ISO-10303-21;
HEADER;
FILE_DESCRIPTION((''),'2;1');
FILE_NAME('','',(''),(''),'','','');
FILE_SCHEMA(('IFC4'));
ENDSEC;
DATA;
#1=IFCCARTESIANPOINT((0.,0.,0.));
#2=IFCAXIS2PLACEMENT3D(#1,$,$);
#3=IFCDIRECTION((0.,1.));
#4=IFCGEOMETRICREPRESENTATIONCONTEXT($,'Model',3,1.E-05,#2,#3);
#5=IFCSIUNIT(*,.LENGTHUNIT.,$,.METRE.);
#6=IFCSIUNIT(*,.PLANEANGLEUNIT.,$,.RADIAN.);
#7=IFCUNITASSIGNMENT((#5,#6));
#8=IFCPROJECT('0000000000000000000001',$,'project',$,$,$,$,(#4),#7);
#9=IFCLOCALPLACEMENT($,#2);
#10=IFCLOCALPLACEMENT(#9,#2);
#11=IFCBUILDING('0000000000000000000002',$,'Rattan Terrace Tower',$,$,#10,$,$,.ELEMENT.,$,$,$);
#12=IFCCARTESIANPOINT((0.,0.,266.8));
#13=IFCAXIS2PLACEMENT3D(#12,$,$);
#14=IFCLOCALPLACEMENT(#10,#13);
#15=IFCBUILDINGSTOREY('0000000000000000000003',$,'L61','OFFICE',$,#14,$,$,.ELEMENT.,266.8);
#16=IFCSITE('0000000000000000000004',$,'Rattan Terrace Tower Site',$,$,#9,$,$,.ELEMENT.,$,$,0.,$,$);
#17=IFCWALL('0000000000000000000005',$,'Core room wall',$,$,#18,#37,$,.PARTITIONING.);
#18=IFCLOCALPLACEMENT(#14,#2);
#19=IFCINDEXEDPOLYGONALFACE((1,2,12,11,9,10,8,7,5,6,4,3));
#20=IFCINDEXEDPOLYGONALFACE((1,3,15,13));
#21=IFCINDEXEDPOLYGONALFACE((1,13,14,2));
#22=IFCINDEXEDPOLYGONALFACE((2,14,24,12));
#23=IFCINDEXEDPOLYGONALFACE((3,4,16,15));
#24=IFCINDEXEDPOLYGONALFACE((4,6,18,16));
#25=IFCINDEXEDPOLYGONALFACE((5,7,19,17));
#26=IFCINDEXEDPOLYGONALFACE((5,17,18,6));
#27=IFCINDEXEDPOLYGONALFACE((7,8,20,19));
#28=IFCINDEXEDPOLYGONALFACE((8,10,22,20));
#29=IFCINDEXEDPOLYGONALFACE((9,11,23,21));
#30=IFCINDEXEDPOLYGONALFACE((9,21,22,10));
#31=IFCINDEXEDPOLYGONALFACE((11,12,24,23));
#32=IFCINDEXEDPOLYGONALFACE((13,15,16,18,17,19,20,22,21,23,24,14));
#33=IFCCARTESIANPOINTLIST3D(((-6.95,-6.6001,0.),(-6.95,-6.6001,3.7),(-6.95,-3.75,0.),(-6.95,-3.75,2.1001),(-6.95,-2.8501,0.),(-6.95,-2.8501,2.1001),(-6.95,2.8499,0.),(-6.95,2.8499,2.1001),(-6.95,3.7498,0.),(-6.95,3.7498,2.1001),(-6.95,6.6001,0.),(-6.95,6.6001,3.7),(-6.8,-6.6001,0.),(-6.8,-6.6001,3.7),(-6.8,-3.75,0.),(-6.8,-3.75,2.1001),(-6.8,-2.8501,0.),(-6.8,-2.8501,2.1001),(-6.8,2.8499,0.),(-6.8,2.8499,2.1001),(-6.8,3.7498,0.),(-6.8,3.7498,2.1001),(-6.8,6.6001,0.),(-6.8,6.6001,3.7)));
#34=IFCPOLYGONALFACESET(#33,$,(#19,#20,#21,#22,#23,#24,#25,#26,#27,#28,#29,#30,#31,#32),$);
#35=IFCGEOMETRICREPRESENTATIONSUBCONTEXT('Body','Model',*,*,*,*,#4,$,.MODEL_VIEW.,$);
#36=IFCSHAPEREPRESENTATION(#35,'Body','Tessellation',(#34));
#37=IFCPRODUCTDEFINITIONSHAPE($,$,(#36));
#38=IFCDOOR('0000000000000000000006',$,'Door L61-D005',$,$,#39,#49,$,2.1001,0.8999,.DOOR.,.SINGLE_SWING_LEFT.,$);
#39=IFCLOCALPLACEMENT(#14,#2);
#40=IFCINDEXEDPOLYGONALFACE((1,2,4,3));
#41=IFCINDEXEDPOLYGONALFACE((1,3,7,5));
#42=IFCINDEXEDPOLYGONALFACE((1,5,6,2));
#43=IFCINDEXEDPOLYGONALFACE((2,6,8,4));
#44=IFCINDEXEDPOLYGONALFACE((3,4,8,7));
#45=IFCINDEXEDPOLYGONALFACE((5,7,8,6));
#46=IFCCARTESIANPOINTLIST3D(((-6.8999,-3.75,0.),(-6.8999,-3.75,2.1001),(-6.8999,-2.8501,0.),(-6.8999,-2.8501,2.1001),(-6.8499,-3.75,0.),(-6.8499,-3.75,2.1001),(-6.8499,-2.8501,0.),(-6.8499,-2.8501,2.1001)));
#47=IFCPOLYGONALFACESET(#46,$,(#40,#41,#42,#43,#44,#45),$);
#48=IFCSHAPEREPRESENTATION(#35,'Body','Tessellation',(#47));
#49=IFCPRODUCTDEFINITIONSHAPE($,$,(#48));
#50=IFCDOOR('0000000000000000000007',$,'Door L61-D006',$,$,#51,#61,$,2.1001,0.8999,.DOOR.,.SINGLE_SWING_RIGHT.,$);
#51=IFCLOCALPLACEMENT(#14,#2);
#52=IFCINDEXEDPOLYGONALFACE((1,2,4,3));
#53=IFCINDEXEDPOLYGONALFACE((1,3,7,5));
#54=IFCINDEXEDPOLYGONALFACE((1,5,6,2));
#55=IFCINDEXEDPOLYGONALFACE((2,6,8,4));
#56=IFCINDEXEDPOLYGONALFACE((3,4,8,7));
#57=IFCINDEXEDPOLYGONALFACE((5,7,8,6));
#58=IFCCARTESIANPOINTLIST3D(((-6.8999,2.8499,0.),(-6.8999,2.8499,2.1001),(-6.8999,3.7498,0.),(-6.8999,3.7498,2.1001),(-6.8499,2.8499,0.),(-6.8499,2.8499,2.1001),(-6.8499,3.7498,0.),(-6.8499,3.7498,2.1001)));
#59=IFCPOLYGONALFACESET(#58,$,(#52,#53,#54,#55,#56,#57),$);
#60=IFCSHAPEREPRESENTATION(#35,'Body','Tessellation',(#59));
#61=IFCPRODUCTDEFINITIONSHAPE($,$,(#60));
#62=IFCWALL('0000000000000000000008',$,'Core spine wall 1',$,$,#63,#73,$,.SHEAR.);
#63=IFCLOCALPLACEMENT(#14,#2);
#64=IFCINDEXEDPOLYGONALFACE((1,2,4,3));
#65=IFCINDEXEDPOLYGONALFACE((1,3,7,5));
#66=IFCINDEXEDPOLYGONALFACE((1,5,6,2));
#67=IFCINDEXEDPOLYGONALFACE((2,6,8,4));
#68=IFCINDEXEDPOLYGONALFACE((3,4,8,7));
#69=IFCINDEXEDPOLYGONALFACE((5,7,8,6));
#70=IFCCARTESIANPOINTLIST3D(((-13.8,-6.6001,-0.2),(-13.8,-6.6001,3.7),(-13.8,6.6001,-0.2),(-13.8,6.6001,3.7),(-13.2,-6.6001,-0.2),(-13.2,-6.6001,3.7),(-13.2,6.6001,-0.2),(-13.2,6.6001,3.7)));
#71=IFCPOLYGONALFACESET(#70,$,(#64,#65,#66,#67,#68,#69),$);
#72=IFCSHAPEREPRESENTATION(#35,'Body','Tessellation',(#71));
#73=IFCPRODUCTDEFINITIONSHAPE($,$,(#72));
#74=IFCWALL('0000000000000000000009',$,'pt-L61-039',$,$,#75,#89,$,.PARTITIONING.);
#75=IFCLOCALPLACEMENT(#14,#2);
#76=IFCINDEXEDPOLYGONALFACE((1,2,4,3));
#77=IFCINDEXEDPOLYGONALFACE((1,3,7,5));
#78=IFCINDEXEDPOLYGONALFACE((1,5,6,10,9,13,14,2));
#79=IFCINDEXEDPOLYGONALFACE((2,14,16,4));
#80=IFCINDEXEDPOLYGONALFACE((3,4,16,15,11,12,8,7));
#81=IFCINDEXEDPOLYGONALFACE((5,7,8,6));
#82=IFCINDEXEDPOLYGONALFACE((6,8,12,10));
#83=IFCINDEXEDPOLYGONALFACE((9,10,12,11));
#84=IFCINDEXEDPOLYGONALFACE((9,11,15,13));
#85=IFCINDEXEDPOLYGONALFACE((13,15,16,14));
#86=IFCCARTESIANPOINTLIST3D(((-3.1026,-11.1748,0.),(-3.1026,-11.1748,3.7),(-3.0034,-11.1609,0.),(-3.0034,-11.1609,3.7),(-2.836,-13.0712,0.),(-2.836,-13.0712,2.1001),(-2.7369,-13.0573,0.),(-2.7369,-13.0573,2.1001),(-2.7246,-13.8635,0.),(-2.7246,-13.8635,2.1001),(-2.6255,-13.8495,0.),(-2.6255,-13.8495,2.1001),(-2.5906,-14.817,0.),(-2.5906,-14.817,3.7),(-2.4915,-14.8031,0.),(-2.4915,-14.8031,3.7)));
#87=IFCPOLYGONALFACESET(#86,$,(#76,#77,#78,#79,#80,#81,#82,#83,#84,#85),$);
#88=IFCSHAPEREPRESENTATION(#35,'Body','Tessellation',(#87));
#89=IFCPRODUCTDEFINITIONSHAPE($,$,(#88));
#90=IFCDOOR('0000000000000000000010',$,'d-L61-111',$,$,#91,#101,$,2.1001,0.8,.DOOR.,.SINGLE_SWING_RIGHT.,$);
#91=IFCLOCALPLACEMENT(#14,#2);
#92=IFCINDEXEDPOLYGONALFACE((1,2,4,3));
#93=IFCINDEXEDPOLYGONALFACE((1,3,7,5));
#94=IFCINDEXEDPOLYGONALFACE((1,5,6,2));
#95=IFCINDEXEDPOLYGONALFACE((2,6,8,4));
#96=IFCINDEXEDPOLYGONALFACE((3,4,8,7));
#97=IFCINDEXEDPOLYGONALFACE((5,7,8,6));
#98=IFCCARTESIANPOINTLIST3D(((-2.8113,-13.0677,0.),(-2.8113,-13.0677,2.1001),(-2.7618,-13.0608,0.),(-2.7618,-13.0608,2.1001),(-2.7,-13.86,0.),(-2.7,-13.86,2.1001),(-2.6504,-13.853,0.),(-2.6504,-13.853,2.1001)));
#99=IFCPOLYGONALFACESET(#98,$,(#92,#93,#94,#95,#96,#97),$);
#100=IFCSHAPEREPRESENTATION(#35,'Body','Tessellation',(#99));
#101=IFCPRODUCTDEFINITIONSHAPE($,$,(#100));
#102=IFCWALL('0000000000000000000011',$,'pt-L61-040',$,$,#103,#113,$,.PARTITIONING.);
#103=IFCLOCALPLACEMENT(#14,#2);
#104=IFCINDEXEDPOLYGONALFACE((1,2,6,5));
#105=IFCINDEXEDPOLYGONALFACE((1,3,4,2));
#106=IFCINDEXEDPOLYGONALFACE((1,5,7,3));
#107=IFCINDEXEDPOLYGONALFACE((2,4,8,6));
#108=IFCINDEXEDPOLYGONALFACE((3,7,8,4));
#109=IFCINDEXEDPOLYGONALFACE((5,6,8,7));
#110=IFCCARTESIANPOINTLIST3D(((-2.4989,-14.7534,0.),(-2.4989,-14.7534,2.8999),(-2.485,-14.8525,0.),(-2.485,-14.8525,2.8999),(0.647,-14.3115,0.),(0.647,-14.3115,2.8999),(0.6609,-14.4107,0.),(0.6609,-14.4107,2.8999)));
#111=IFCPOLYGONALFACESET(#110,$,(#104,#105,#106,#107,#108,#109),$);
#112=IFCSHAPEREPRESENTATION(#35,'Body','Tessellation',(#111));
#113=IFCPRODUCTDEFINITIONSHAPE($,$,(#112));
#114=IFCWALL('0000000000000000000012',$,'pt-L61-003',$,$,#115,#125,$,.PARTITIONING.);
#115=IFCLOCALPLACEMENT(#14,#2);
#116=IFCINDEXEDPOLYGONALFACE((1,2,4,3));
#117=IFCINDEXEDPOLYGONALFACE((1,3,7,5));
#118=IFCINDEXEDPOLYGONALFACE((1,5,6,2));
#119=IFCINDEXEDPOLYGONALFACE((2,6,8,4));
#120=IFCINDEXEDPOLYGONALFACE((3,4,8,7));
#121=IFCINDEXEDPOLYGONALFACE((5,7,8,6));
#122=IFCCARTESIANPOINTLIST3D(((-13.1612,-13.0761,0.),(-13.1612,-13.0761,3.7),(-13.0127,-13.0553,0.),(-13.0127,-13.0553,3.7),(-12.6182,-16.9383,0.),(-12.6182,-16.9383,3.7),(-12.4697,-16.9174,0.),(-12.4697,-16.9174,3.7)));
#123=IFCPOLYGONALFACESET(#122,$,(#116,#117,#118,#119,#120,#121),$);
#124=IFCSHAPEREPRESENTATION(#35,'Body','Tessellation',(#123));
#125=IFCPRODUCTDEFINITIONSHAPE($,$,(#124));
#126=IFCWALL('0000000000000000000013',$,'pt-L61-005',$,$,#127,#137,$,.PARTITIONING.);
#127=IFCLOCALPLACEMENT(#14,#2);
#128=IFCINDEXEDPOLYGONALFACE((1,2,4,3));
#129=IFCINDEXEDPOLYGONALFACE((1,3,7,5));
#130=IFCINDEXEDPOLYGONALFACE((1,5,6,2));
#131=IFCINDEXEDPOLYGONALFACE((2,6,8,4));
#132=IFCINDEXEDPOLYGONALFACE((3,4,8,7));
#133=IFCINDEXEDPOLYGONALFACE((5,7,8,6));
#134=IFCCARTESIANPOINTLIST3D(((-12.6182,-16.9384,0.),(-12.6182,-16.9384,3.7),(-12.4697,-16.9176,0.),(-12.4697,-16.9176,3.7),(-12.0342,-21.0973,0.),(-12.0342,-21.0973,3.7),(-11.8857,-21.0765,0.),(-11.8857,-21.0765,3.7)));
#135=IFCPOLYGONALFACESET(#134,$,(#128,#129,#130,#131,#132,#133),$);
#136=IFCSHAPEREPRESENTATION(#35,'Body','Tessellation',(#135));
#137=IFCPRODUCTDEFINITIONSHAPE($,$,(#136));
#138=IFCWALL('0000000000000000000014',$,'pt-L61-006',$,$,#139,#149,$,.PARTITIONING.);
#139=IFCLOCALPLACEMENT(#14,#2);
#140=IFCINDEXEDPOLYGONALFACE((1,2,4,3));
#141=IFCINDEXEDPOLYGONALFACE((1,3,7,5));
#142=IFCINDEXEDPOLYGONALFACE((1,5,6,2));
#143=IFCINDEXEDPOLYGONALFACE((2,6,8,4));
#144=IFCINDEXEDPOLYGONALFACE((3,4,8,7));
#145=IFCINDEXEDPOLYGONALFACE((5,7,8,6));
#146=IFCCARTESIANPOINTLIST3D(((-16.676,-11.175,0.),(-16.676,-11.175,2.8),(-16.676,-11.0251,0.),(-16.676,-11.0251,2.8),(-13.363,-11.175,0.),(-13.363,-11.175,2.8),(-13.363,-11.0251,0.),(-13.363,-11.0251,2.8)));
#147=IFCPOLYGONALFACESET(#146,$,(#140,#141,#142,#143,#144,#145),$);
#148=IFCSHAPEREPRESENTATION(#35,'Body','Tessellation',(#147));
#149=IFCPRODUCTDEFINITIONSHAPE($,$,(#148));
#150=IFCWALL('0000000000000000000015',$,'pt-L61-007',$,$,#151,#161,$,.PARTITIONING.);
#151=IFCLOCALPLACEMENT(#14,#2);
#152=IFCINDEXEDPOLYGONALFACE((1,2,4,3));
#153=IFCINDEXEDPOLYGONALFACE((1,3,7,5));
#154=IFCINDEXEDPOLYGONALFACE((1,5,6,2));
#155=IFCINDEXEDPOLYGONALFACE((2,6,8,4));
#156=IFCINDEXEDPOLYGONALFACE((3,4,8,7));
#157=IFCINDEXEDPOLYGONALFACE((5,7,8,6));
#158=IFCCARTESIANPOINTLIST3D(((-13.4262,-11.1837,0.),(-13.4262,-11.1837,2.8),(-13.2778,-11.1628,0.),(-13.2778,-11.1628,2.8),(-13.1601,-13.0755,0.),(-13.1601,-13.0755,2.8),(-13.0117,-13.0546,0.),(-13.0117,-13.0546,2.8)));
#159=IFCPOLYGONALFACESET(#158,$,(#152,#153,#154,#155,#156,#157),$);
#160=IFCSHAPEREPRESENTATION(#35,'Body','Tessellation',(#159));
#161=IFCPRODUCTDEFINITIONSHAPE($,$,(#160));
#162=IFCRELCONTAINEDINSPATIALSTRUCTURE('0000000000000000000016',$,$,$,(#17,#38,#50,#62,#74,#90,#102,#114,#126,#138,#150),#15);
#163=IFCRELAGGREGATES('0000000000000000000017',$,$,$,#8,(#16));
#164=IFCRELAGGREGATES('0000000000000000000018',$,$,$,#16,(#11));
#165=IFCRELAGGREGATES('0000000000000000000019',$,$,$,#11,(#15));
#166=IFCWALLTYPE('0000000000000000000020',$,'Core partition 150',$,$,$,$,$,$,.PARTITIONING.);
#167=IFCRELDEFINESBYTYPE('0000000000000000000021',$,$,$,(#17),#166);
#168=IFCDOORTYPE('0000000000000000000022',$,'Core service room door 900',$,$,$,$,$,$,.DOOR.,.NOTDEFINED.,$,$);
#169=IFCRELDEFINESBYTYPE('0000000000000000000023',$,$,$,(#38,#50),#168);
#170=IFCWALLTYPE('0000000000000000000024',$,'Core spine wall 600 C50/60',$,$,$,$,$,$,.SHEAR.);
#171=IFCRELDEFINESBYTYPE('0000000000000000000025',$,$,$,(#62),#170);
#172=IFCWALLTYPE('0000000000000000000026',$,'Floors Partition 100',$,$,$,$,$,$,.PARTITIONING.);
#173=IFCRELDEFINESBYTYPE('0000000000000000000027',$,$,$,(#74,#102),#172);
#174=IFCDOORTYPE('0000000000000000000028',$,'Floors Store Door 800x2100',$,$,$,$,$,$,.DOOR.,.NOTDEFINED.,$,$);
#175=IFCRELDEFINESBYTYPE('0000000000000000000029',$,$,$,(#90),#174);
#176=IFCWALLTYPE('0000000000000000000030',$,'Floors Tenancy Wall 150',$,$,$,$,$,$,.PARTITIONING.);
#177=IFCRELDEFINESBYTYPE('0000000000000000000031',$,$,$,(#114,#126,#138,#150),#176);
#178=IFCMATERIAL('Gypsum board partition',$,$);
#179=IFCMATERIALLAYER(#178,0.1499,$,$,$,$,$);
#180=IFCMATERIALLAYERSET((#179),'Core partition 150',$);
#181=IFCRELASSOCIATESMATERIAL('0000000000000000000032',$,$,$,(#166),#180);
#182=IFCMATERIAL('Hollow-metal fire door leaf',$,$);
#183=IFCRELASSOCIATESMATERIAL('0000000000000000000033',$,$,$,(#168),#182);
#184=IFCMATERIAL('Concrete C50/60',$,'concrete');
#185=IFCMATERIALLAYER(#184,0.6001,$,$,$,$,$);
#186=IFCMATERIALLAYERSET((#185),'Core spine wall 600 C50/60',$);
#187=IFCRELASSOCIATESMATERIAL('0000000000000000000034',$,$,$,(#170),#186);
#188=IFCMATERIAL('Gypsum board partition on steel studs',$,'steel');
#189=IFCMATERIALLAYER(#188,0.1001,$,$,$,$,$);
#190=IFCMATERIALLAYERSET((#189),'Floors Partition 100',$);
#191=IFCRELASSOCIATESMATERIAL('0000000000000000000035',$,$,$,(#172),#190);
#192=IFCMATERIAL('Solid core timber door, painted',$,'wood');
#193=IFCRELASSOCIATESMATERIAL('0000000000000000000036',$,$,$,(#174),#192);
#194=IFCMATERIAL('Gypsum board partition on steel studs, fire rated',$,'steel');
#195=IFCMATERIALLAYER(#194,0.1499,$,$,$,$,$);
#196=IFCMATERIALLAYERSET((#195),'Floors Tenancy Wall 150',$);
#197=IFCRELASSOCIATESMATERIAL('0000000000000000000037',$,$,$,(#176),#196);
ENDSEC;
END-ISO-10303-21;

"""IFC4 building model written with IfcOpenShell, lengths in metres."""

from ifc_helpers import new_model, si_unit, direction, frame, frame_2d, origin, place, context, subcontext, project, spatial, rectangle, extrude, material, layer, layer_set, type_object, element, fill, save


model = new_model("IFC4")

# Units and contexts
model_context = context("Model", 3, precision=1e-05, world=origin(), true_north=direction((0.0, 1.0)))
body_context = subcontext(model_context, "Body", "Model", "MODEL_VIEW")
ifc_project = project(units=[si_unit("LENGTHUNIT", "METRE"), si_unit("PLANEANGLEUNIT", "RADIAN")], contexts=[model_context])

# Site, building, storey
site_placement = place(None, origin())
site = spatial("IfcSite", under=ifc_project, at=site_placement, Name="Rattan Terrace Tower Site", CompositionType="ELEMENT", RefElevation=0.0)
building_placement = place(site_placement, origin())
building = spatial("IfcBuilding", under=site, at=building_placement, Name="Rattan Terrace Tower", CompositionType="ELEMENT")
storey_placement = place(building_placement, frame((0.0, 0.0, 266.8)))
storey = spatial("IfcBuildingStorey", under=building, at=storey_placement, Name="L61", Description="OFFICE", CompositionType="ELEMENT", Elevation=266.8)

# Wall, openings, doors
ifc_material_1 = material(Name="Gypsum board partition")
ifc_layer_1 = layer(ifc_material_1, 0.1499)
ifc_layer_set_1 = layer_set([ifc_layer_1], Name="Core partition 150")
wall_type_1 = type_object("IfcWallType", Name="Core partition 150", PredefinedType="PARTITIONING", material=ifc_layer_set_1)
wall_1_placement = place(storey_placement, frame((-6.875, -6.6001, 0.0), z_axis=(0.0, 0.0, 1.0), x_axis=(0.0, 1.0, 0.0)))
wall_1 = element("IfcWall", 1, at=wall_1_placement, inside=storey, type_object=wall_type_1, Name="Core room wall", PredefinedType="PARTITIONING", context=body_context, shape_type="SweptSolid", body=[
    extrude(rectangle(XDim=13.2002, YDim=0.1499, at=frame_2d((6.6001, 0.0))), origin(), (0.0, 0.0, 1.0), 3.7),
])
opening_1_placement = place(wall_1_placement, frame((2.8501, 0.0, 0.0)))
opening_1 = element("IfcOpeningElement", 2, at=opening_1_placement, cuts=wall_1, PredefinedType="OPENING", context=body_context, shape_type="SweptSolid", body=[
    extrude(rectangle(XDim=0.8999, YDim=2.1001, at=frame_2d((0.45, 1.05))), frame((0.0, 0.0854, 0.0), z_axis=(0.0, -1.0, 0.0), x_axis=(1.0, 0.0, 0.0)), (0.0, 0.0, 1.0), 0.1709),
])
opening_2_placement = place(wall_1_placement, frame((9.45, 0.0, 0.0)))
opening_2 = element("IfcOpeningElement", 3, at=opening_2_placement, cuts=wall_1, PredefinedType="OPENING", context=body_context, shape_type="SweptSolid", body=[
    extrude(rectangle(XDim=0.8999, YDim=2.1001, at=frame_2d((0.45, 1.05))), frame((0.0, 0.0854, 0.0), z_axis=(0.0, -1.0, 0.0), x_axis=(1.0, 0.0, 0.0)), (0.0, 0.0, 1.0), 0.1709),
])
ifc_material_2 = material(Name="Hollow-metal fire door leaf")
door_type_1 = type_object("IfcDoorType", Name="Core service room door 900", OperationType="NOTDEFINED", PredefinedType="DOOR", material=ifc_material_2)
door_1_placement = place(opening_1_placement, origin())
door_1 = element("IfcDoor", 4, at=door_1_placement, inside=storey, type_object=door_type_1, Name="Door L61-D005", OperationType="SINGLE_SWING_LEFT", OverallHeight=2.1001, OverallWidth=0.8999, PredefinedType="DOOR", context=body_context, shape_type="SweptSolid", body=[
    extrude(rectangle(XDim=0.8999, YDim=2.1001, at=frame_2d((0.45, 1.05))), frame((0.0, 0.0249, 0.0), z_axis=(0.0, -1.0, 0.0), x_axis=(1.0, 0.0, 0.0)), (0.0, 0.0, 1.0), 0.05),
])
fill(opening_1, door_1)
door_2_placement = place(opening_2_placement, origin())
door_2 = element("IfcDoor", 5, at=door_2_placement, inside=storey, type_object=door_type_1, Name="Door L61-D006", OperationType="SINGLE_SWING_RIGHT", OverallHeight=2.1001, OverallWidth=0.8999, PredefinedType="DOOR", context=body_context, shape_type="SweptSolid", body=[
    extrude(rectangle(XDim=0.8999, YDim=2.1001, at=frame_2d((0.45, 1.05))), frame((0.0, 0.0249, 0.0), z_axis=(0.0, -1.0, 0.0), x_axis=(1.0, 0.0, 0.0)), (0.0, 0.0, 1.0), 0.05),
])
fill(opening_2, door_2)

# Wall
ifc_material_3 = material(Name="Concrete C50/60", Category="concrete")
ifc_layer_2 = layer(ifc_material_3, 0.6001)
ifc_layer_set_2 = layer_set([ifc_layer_2], Name="Core spine wall 600 C50/60")
wall_type_2 = type_object("IfcWallType", Name="Core spine wall 600 C50/60", PredefinedType="SHEAR", material=ifc_layer_set_2)
wall_2_placement = place(storey_placement, frame((-13.5, -6.6001, -0.2), z_axis=(0.0, 0.0, 1.0), x_axis=(0.0, 1.0, 0.0)))
element("IfcWall", 6, at=wall_2_placement, inside=storey, type_object=wall_type_2, Name="Core spine wall 1", PredefinedType="SHEAR", context=body_context, shape_type="SweptSolid", body=[
    extrude(rectangle(XDim=13.2002, YDim=0.6001, at=frame_2d((6.6001, 0.0))), origin(), (0.0, 0.0, 1.0), 3.8999),
])

# Wall, opening, door
ifc_material_4 = material(Name="Gypsum board partition on steel studs", Category="steel")
ifc_layer_3 = layer(ifc_material_4, 0.1001)
ifc_layer_set_3 = layer_set([ifc_layer_3], Name="Floors Partition 100")
wall_type_3 = type_object("IfcWallType", Name="Floors Partition 100", PredefinedType="PARTITIONING", material=ifc_layer_set_3)
wall_3_placement = place(storey_placement, frame((-3.053, -11.168, 0.0), z_axis=(0.0, 0.0, 1.0), x_axis=(0.1392, -0.990264, 0.0)))
wall_3 = element("IfcWall", 7, at=wall_3_placement, inside=storey, type_object=wall_type_3, Name="pt-L61-039", PredefinedType="PARTITIONING", context=body_context, shape_type="SweptSolid", body=[
    extrude(rectangle(XDim=3.678, YDim=0.1001, at=frame_2d((1.8389, 0.0))), origin(), (0.0, 0.0, 1.0), 3.7),
])
opening_3_placement = place(wall_3_placement, frame((1.915, 0.0, 0.0)))
opening_3 = element("IfcOpeningElement", 8, at=opening_3_placement, cuts=wall_3, PredefinedType="OPENING", context=body_context, shape_type="SweptSolid", body=[
    extrude(rectangle(XDim=0.8, YDim=2.1001, at=frame_2d((0.3999, 1.05))), frame((0.0, 0.0605, 0.0), z_axis=(0.0, -1.0, 0.0), x_axis=(1.0, 0.0, 0.0)), (0.0, 0.0, 1.0), 0.1211),
])
ifc_material_5 = material(Name="Solid core timber door, painted", Category="wood")
door_type_2 = type_object("IfcDoorType", Name="Floors Store Door 800x2100", OperationType="NOTDEFINED", PredefinedType="DOOR", material=ifc_material_5)
door_3_placement = place(opening_3_placement, origin())
door_3 = element("IfcDoor", 9, at=door_3_placement, inside=storey, type_object=door_type_2, Name="d-L61-111", OperationType="SINGLE_SWING_RIGHT", OverallHeight=2.1001, OverallWidth=0.8, PredefinedType="DOOR", context=body_context, shape_type="SweptSolid", body=[
    extrude(rectangle(XDim=0.8, YDim=2.1001, at=frame_2d((0.3999, 1.05))), frame((0.0, 0.0249, 0.0), z_axis=(0.0, -1.0, 0.0), x_axis=(1.0, 0.0, 0.0)), (0.0, 0.0, 1.0), 0.05),
])
fill(opening_3, door_3)

# Walls
wall_4_placement = place(storey_placement, frame((-2.4919, -14.803, 0.0), z_axis=(0.0, 0.0, 1.0), x_axis=(0.990279, 0.139097, 0.0)))
element("IfcWall", 10, at=wall_4_placement, inside=storey, type_object=wall_type_3, Name="pt-L61-040", PredefinedType="PARTITIONING", context=body_context, shape_type="SweptSolid", body=[
    extrude(rectangle(XDim=3.1768, YDim=0.1001, at=frame_2d((1.5884, 0.0))), origin(), (0.0, 0.0, 1.0), 2.8999),
])
ifc_material_6 = material(Name="Gypsum board partition on steel studs, fire rated", Category="steel")
ifc_layer_4 = layer(ifc_material_6, 0.1499)
ifc_layer_set_4 = layer_set([ifc_layer_4], Name="Floors Tenancy Wall 150")
wall_type_4 = type_object("IfcWallType", Name="Floors Tenancy Wall 150", PredefinedType="PARTITIONING", material=ifc_layer_set_4)
wall_5_placement = place(storey_placement, frame((-12.5439, -16.928, 0.0), z_axis=(0.0, 0.0, 1.0), x_axis=(-0.139221, 0.990261, 0.0)))
element("IfcWall", 11, at=wall_5_placement, inside=storey, type_object=wall_type_4, Name="pt-L61-003", PredefinedType="PARTITIONING", context=body_context, shape_type="SweptSolid", body=[
    extrude(rectangle(XDim=3.9001, YDim=0.1499, at=frame_2d((1.9502, 0.0))), origin(), (0.0, 0.0, 1.0), 3.7),
])
wall_6_placement = place(storey_placement, frame((-11.96, -21.0869, 0.0), z_axis=(0.0, 0.0, 1.0), x_axis=(-0.139053, 0.990285, 0.0)))
element("IfcWall", 12, at=wall_6_placement, inside=storey, type_object=wall_type_4, Name="pt-L61-005", PredefinedType="PARTITIONING", context=body_context, shape_type="SweptSolid", body=[
    extrude(rectangle(XDim=4.1997, YDim=0.1499, at=frame_2d((2.0999, 0.0))), origin(), (0.0, 0.0, 1.0), 3.7),
])
wall_7_placement = place(storey_placement, frame((-13.363, -11.1001, 0.0), z_axis=(0.0, 0.0, 1.0), x_axis=(-1.0, 0.0, 0.0)))
element("IfcWall", 13, at=wall_7_placement, inside=storey, type_object=wall_type_4, Name="pt-L61-006", PredefinedType="PARTITIONING", context=body_context, shape_type="SweptSolid", body=[
    extrude(rectangle(XDim=3.313, YDim=0.1499, at=frame_2d((1.6565, 0.0))), origin(), (0.0, 0.0, 1.0), 2.8),
])
wall_8_placement = place(storey_placement, frame((-13.0859, -13.0649, 0.0), z_axis=(0.0, 0.0, 1.0), x_axis=(-0.139292, 0.990251, 0.0)))
element("IfcWall", 14, at=wall_8_placement, inside=storey, type_object=wall_type_4, Name="pt-L61-007", PredefinedType="PARTITIONING", context=body_context, shape_type="SweptSolid", body=[
    extrude(rectangle(XDim=1.9104, YDim=0.1499, at=frame_2d((0.9551, 0.0))), origin(), (0.0, 0.0, 1.0), 2.8),
])

save(model, "model.ifc")
